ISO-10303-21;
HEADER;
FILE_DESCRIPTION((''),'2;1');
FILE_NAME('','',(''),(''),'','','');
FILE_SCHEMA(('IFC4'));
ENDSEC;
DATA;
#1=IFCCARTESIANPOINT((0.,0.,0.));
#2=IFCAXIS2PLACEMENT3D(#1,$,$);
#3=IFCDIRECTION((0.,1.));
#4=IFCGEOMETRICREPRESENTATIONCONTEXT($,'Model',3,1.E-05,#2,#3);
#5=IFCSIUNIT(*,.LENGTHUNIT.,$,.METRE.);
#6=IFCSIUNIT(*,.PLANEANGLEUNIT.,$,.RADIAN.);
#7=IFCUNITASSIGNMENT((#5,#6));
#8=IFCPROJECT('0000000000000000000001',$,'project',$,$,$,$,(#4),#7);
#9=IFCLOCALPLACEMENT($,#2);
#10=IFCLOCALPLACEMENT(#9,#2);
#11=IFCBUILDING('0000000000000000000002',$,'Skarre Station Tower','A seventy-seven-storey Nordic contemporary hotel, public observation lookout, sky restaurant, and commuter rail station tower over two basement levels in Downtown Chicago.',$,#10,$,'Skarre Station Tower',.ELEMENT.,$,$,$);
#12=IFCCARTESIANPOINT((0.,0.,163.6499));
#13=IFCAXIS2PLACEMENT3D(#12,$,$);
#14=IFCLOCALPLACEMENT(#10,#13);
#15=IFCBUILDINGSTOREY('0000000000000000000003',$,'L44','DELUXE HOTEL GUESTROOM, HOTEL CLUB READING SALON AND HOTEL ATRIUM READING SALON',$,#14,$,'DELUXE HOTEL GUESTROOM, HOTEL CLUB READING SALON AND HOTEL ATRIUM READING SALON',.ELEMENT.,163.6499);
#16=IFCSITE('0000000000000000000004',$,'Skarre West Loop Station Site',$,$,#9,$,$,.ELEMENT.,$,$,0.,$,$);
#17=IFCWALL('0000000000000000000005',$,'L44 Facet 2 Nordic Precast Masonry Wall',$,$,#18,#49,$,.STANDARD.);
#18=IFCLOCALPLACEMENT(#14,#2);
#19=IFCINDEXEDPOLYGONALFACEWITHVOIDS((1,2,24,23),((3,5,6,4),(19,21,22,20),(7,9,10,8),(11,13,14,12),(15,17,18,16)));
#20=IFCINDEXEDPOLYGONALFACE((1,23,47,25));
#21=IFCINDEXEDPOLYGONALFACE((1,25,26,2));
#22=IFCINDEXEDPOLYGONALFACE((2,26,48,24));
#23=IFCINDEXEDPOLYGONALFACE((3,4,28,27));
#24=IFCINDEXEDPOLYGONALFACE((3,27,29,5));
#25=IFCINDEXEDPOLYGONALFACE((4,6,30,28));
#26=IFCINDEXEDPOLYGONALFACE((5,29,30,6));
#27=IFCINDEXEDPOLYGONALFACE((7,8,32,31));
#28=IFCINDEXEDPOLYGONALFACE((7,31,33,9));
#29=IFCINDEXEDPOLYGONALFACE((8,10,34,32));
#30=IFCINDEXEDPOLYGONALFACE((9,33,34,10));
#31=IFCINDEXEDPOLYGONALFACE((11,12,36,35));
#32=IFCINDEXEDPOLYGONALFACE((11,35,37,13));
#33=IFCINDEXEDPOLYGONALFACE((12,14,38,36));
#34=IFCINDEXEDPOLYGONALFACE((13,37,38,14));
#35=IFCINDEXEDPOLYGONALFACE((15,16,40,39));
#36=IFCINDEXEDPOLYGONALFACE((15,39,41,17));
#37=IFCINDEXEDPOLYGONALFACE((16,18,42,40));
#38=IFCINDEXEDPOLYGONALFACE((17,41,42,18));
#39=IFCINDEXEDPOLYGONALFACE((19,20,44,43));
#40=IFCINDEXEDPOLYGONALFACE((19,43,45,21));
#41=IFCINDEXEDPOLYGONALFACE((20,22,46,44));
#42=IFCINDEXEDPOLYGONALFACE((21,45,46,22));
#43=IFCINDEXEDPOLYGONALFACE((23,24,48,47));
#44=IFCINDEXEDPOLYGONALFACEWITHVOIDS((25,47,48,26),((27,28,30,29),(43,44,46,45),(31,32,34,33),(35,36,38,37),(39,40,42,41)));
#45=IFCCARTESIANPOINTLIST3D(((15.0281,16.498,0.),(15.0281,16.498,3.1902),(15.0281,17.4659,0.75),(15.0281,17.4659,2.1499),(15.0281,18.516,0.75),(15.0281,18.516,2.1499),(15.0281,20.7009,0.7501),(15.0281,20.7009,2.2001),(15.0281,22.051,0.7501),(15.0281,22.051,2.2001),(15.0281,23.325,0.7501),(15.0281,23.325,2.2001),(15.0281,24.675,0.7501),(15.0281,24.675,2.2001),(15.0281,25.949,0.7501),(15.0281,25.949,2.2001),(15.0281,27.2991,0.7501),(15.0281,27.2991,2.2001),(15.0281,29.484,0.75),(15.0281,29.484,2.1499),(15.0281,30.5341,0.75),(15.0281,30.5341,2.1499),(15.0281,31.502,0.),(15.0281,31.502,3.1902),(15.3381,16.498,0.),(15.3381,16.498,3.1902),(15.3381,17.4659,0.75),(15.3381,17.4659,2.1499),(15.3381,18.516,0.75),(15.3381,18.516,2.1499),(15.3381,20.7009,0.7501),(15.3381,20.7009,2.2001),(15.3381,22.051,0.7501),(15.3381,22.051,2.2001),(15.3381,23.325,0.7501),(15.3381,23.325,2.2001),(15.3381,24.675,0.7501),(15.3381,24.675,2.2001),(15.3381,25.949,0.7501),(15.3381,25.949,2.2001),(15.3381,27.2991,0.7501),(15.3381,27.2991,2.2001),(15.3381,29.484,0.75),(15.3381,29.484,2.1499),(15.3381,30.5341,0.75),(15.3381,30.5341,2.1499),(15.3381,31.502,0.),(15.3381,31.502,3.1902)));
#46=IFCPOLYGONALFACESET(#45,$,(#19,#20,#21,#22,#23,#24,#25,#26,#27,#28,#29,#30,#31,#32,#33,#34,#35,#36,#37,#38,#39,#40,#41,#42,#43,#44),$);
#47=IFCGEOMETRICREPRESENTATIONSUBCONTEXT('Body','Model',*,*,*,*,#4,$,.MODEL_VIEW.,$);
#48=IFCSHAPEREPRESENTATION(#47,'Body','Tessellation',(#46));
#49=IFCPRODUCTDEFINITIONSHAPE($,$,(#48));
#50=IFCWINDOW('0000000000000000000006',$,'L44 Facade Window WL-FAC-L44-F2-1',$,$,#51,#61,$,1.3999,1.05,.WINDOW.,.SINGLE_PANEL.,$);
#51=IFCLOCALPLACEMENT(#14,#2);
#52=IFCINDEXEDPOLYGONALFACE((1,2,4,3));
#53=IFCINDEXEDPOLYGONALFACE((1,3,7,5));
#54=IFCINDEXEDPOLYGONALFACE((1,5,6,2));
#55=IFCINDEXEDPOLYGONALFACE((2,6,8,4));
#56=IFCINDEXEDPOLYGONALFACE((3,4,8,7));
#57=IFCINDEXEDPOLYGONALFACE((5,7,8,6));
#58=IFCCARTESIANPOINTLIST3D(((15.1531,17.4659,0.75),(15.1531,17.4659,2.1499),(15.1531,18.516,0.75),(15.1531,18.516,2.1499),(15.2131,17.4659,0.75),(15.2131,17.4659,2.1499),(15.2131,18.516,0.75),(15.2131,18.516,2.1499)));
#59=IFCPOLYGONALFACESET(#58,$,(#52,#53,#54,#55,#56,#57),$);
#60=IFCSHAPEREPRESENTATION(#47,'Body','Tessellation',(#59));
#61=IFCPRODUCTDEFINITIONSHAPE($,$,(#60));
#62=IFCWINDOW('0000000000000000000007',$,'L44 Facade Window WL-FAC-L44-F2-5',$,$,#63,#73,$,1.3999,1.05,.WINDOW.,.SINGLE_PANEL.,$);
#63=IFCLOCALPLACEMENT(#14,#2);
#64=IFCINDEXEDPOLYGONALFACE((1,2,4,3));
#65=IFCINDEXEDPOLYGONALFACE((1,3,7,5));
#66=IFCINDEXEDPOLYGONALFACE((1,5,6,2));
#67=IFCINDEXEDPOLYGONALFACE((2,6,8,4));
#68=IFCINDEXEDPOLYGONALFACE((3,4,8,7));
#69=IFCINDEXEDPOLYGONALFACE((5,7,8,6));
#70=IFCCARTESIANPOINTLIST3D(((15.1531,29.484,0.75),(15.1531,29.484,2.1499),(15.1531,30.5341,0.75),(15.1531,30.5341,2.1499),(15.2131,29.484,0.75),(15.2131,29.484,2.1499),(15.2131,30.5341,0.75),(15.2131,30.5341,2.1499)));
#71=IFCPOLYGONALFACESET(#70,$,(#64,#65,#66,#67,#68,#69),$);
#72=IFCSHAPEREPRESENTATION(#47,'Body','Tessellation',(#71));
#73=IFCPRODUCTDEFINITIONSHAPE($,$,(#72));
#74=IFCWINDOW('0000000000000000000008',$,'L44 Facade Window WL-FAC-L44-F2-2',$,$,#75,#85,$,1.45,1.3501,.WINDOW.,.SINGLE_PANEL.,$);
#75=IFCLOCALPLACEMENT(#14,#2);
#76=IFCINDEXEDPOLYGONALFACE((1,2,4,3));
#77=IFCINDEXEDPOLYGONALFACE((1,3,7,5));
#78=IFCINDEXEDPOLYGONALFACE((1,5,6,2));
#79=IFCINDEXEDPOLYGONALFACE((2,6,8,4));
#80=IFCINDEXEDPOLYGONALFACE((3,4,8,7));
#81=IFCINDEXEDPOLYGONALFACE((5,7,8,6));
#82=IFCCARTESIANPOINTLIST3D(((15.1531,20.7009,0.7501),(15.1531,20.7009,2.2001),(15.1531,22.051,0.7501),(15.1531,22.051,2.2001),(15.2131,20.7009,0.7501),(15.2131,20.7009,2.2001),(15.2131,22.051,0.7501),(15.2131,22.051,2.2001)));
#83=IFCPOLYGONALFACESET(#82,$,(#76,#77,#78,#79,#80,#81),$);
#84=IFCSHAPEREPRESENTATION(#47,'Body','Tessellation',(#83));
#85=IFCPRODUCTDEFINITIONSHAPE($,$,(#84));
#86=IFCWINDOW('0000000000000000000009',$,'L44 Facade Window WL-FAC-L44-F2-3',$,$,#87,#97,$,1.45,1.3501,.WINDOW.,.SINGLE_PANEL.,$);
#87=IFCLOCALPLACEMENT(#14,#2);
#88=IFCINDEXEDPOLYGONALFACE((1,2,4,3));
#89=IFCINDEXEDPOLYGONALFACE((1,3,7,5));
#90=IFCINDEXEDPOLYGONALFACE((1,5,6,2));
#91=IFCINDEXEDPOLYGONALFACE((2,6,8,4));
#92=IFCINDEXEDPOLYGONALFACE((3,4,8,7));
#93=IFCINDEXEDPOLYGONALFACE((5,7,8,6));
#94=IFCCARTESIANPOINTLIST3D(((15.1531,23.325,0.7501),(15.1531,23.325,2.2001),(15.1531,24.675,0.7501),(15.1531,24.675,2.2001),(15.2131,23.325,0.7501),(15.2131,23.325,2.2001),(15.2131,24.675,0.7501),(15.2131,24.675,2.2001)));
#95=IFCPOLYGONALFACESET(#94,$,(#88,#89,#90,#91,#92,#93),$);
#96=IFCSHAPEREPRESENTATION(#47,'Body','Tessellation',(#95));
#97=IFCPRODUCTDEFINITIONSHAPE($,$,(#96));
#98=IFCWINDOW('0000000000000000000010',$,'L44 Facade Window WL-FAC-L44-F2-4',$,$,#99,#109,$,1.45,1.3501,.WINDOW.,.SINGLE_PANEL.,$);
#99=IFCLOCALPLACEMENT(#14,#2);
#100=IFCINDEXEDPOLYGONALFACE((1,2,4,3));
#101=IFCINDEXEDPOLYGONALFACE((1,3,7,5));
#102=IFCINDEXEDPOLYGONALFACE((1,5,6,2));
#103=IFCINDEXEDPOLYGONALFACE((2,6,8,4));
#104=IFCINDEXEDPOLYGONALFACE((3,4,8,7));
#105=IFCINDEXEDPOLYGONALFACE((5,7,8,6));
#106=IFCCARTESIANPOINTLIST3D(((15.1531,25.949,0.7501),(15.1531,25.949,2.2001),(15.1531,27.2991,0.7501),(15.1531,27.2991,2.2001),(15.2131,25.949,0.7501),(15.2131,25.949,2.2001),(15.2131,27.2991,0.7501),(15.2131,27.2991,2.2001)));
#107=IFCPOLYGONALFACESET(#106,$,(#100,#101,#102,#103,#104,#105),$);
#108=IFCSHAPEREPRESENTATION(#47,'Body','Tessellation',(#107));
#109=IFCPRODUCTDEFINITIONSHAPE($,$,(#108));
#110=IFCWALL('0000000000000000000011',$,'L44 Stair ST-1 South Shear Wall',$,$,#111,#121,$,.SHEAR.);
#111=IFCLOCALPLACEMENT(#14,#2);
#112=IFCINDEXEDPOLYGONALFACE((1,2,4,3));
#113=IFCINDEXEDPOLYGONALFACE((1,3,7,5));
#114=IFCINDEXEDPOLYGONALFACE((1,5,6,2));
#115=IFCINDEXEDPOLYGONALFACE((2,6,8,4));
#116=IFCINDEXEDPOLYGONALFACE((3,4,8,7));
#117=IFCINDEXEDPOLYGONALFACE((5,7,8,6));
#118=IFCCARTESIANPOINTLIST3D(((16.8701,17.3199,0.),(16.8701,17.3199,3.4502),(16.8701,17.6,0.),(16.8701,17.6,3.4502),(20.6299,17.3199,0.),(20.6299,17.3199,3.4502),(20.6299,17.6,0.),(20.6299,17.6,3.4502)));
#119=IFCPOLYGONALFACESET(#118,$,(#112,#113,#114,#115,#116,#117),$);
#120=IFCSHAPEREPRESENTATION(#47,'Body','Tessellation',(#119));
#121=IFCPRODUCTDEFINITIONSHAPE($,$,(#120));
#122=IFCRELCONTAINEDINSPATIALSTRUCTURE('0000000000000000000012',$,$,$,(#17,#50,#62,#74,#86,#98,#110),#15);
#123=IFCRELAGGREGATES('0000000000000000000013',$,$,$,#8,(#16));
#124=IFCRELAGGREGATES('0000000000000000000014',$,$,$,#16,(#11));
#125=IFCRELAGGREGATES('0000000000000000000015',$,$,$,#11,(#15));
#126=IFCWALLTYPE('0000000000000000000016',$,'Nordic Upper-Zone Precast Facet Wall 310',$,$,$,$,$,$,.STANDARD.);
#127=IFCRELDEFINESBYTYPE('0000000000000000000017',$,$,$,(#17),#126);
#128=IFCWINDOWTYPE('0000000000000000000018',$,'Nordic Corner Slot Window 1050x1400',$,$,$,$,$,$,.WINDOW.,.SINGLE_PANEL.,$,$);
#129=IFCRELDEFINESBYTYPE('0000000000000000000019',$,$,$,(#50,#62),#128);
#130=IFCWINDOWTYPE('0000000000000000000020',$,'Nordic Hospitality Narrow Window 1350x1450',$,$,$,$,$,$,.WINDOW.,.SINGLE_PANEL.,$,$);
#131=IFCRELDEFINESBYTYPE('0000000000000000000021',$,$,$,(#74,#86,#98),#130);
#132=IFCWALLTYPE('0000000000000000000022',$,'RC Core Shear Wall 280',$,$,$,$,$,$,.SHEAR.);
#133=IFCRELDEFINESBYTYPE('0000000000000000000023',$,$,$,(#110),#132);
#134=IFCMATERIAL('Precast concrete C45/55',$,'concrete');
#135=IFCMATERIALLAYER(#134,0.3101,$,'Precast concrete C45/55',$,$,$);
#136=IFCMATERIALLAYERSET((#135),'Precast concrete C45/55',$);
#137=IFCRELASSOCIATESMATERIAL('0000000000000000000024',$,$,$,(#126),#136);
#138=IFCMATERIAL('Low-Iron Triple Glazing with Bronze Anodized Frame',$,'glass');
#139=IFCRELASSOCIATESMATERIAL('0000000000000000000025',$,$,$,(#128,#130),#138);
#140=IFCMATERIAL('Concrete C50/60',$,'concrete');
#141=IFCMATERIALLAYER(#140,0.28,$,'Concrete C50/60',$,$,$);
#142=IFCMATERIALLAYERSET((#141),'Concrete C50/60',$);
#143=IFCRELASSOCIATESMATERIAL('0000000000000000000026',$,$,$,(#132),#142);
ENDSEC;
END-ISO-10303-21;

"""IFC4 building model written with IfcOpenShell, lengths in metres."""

from ifc_helpers import new_model, si_unit, direction, frame, frame_2d, origin, place, context, subcontext, project, spatial, rectangle, extrude, material, layer, layer_set, type_object, element, fill, save


model = new_model("IFC4")

# Units and contexts
model_context = context("Model", 3, precision=1e-05, world=origin(), true_north=direction((0.0, 1.0)))
body_context = subcontext(model_context, "Body", "Model", "MODEL_VIEW")
ifc_project = project(units=[si_unit("LENGTHUNIT", "METRE"), si_unit("PLANEANGLEUNIT", "RADIAN")], contexts=[model_context])

# Site, building, storey
site_placement = place(None, origin())
site = spatial("IfcSite", under=ifc_project, at=site_placement, Name="Skarre West Loop Station Site", CompositionType="ELEMENT", RefElevation=0.0)
building_placement = place(site_placement, origin())
building = spatial("IfcBuilding", under=site, at=building_placement, Name="Skarre Station Tower", Description="A seventy-seven-storey Nordic contemporary hotel, public observation lookout, sky restaurant, and commuter rail station tower over two basement levels in Downtown Chicago.", LongName="Skarre Station Tower", CompositionType="ELEMENT")
storey_placement = place(building_placement, frame((0.0, 0.0, 163.6499)))
storey = spatial("IfcBuildingStorey", under=building, at=storey_placement, Name="L44", Description="DELUXE HOTEL GUESTROOM, HOTEL CLUB READING SALON AND HOTEL ATRIUM READING SALON", LongName="DELUXE HOTEL GUESTROOM, HOTEL CLUB READING SALON AND HOTEL ATRIUM READING SALON", CompositionType="ELEMENT", Elevation=163.6499)

# Shared definitions
ifc_material_1 = material(Name="Concrete C50/60", Category="concrete")

# Shared definitions
ifc_material_2 = material(Name="Precast concrete C45/55", Category="concrete")

# Wall, openings, windows
ifc_layer_1 = layer(ifc_material_2, 0.3101, Name="Precast concrete C45/55")
ifc_layer_set_1 = layer_set([ifc_layer_1], Name="Precast concrete C45/55")
wall_type_1 = type_object("IfcWallType", Name="Nordic Upper-Zone Precast Facet Wall 310", PredefinedType="STANDARD", material=ifc_layer_set_1)
wall_1_placement = place(storey_placement, frame((15.1831, 16.498, 0.0), z_axis=(0.0, 0.0, 1.0), x_axis=(0.0, 1.0, 0.0)))
wall_1 = element("IfcWall", 1, at=wall_1_placement, inside=storey, type_object=wall_type_1, Name="L44 Facet 2 Nordic Precast Masonry Wall", PredefinedType="STANDARD", context=body_context, shape_type="SweptSolid", body=[
    extrude(rectangle(XDim=15.0039, YDim=0.3101, at=frame_2d((7.502, 0.0))), origin(), (0.0, 0.0, 1.0), 3.1902),
])
opening_1_placement = place(wall_1_placement, frame((0.968, 0.0, 0.75)))
opening_1 = element("IfcOpeningElement", 2, at=opening_1_placement, cuts=wall_1, PredefinedType="OPENING", context=body_context, shape_type="SweptSolid", body=[
    extrude(rectangle(XDim=1.05, YDim=1.3999, at=frame_2d((0.5249, 0.7))), frame((0.0, 0.165, 0.0), z_axis=(0.0, -1.0, 0.0), x_axis=(1.0, 0.0, 0.0)), (0.0, 0.0, 1.0), 0.3301),
])
opening_2_placement = place(wall_1_placement, frame((4.2029, 0.0, 0.75)))
opening_2 = element("IfcOpeningElement", 3, at=opening_2_placement, cuts=wall_1, PredefinedType="OPENING", context=body_context, shape_type="SweptSolid", body=[
    extrude(rectangle(XDim=1.3501, YDim=1.45, at=frame_2d((0.675, 0.7251))), frame((0.0, 0.165, 0.0), z_axis=(0.0, -1.0, 0.0), x_axis=(1.0, 0.0, 0.0)), (0.0, 0.0, 1.0), 0.3301),
])
opening_3_placement = place(wall_1_placement, frame((6.8269, 0.0, 0.75)))
opening_3 = element("IfcOpeningElement", 4, at=opening_3_placement, cuts=wall_1, PredefinedType="OPENING", context=body_context, shape_type="SweptSolid", body=[
    extrude(rectangle(XDim=1.3501, YDim=1.45, at=frame_2d((0.675, 0.7251))), frame((0.0, 0.165, 0.0), z_axis=(0.0, -1.0, 0.0), x_axis=(1.0, 0.0, 0.0)), (0.0, 0.0, 1.0), 0.3301),
])
opening_4_placement = place(wall_1_placement, frame((9.4509, 0.0, 0.75)))
opening_4 = element("IfcOpeningElement", 5, at=opening_4_placement, cuts=wall_1, PredefinedType="OPENING", context=body_context, shape_type="SweptSolid", body=[
    extrude(rectangle(XDim=1.3501, YDim=1.45, at=frame_2d((0.675, 0.7251))), frame((0.0, 0.165, 0.0), z_axis=(0.0, -1.0, 0.0), x_axis=(1.0, 0.0, 0.0)), (0.0, 0.0, 1.0), 0.3301),
])
opening_5_placement = place(wall_1_placement, frame((12.9861, 0.0, 0.75)))
opening_5 = element("IfcOpeningElement", 6, at=opening_5_placement, cuts=wall_1, PredefinedType="OPENING", context=body_context, shape_type="SweptSolid", body=[
    extrude(rectangle(XDim=1.05, YDim=1.3999, at=frame_2d((0.5249, 0.7))), frame((0.0, 0.165, 0.0), z_axis=(0.0, -1.0, 0.0), x_axis=(1.0, 0.0, 0.0)), (0.0, 0.0, 1.0), 0.3301),
])
ifc_material_3 = material(Name="Low-Iron Triple Glazing with Bronze Anodized Frame", Category="glass")
window_type_1 = type_object("IfcWindowType", Name="Nordic Corner Slot Window 1050x1400", PartitioningType="SINGLE_PANEL", PredefinedType="WINDOW", material=ifc_material_3)
window_1_placement = place(opening_1_placement, origin())
window_1 = element("IfcWindow", 7, at=window_1_placement, inside=storey, type_object=window_type_1, Name="L44 Facade Window WL-FAC-L44-F2-1", OverallHeight=1.3999, OverallWidth=1.05, PartitioningType="SINGLE_PANEL", PredefinedType="WINDOW", context=body_context, shape_type="SweptSolid", body=[
    extrude(rectangle(XDim=1.05, YDim=1.3999, at=frame_2d((0.5249, 0.7))), frame((0.0, 0.03, 0.0), z_axis=(0.0, -1.0, 0.0), x_axis=(1.0, 0.0, 0.0)), (0.0, 0.0, 1.0), 0.0601),
])
fill(opening_1, window_1)
window_2_placement = place(opening_5_placement, origin())
window_2 = element("IfcWindow", 8, at=window_2_placement, inside=storey, type_object=window_type_1, Name="L44 Facade Window WL-FAC-L44-F2-5", OverallHeight=1.3999, OverallWidth=1.05, PartitioningType="SINGLE_PANEL", PredefinedType="WINDOW", context=body_context, shape_type="SweptSolid", body=[
    extrude(rectangle(XDim=1.05, YDim=1.3999, at=frame_2d((0.5249, 0.7))), frame((0.0, 0.03, 0.0), z_axis=(0.0, -1.0, 0.0), x_axis=(1.0, 0.0, 0.0)), (0.0, 0.0, 1.0), 0.0601),
])
fill(opening_5, window_2)
window_type_2 = type_object("IfcWindowType", Name="Nordic Hospitality Narrow Window 1350x1450", PartitioningType="SINGLE_PANEL", PredefinedType="WINDOW", material=ifc_material_3)
window_3_placement = place(opening_2_placement, origin())
window_3 = element("IfcWindow", 9, at=window_3_placement, inside=storey, type_object=window_type_2, Name="L44 Facade Window WL-FAC-L44-F2-2", OverallHeight=1.45, OverallWidth=1.3501, PartitioningType="SINGLE_PANEL", PredefinedType="WINDOW", context=body_context, shape_type="SweptSolid", body=[
    extrude(rectangle(XDim=1.3501, YDim=1.45, at=frame_2d((0.675, 0.7251))), frame((0.0, 0.03, 0.0), z_axis=(0.0, -1.0, 0.0), x_axis=(1.0, 0.0, 0.0)), (0.0, 0.0, 1.0), 0.0601),
])
fill(opening_2, window_3)
window_4_placement = place(opening_3_placement, origin())
window_4 = element("IfcWindow", 10, at=window_4_placement, inside=storey, type_object=window_type_2, Name="L44 Facade Window WL-FAC-L44-F2-3", OverallHeight=1.45, OverallWidth=1.3501, PartitioningType="SINGLE_PANEL", PredefinedType="WINDOW", context=body_context, shape_type="SweptSolid", body=[
    extrude(rectangle(XDim=1.3501, YDim=1.45, at=frame_2d((0.675, 0.7251))), frame((0.0, 0.03, 0.0), z_axis=(0.0, -1.0, 0.0), x_axis=(1.0, 0.0, 0.0)), (0.0, 0.0, 1.0), 0.0601),
])
fill(opening_3, window_4)
window_5_placement = place(opening_4_placement, origin())
window_5 = element("IfcWindow", 11, at=window_5_placement, inside=storey, type_object=window_type_2, Name="L44 Facade Window WL-FAC-L44-F2-4", OverallHeight=1.45, OverallWidth=1.3501, PartitioningType="SINGLE_PANEL", PredefinedType="WINDOW", context=body_context, shape_type="SweptSolid", body=[
    extrude(rectangle(XDim=1.3501, YDim=1.45, at=frame_2d((0.675, 0.7251))), frame((0.0, 0.03, 0.0), z_axis=(0.0, -1.0, 0.0), x_axis=(1.0, 0.0, 0.0)), (0.0, 0.0, 1.0), 0.0601),
])
fill(opening_4, window_5)

# Wall
ifc_layer_2 = layer(ifc_material_1, 0.28, Name="Concrete C50/60")
ifc_layer_set_2 = layer_set([ifc_layer_2], Name="Concrete C50/60")
wall_type_2 = type_object("IfcWallType", Name="RC Core Shear Wall 280", PredefinedType="SHEAR", material=ifc_layer_set_2)
wall_2_placement = place(storey_placement, frame((16.8701, 17.46, 0.0), z_axis=(0.0, 0.0, 1.0), x_axis=(1.0, 0.0, 0.0)))
element("IfcWall", 12, at=wall_2_placement, inside=storey, type_object=wall_type_2, Name="L44 Stair ST-1 South Shear Wall", PredefinedType="SHEAR", context=body_context, shape_type="SweptSolid", body=[
    extrude(rectangle(XDim=3.7598, YDim=0.28, at=frame_2d((1.8799, 0.0))), origin(), (0.0, 0.0, 1.0), 3.4502),
])

save(model, "model.ifc")
